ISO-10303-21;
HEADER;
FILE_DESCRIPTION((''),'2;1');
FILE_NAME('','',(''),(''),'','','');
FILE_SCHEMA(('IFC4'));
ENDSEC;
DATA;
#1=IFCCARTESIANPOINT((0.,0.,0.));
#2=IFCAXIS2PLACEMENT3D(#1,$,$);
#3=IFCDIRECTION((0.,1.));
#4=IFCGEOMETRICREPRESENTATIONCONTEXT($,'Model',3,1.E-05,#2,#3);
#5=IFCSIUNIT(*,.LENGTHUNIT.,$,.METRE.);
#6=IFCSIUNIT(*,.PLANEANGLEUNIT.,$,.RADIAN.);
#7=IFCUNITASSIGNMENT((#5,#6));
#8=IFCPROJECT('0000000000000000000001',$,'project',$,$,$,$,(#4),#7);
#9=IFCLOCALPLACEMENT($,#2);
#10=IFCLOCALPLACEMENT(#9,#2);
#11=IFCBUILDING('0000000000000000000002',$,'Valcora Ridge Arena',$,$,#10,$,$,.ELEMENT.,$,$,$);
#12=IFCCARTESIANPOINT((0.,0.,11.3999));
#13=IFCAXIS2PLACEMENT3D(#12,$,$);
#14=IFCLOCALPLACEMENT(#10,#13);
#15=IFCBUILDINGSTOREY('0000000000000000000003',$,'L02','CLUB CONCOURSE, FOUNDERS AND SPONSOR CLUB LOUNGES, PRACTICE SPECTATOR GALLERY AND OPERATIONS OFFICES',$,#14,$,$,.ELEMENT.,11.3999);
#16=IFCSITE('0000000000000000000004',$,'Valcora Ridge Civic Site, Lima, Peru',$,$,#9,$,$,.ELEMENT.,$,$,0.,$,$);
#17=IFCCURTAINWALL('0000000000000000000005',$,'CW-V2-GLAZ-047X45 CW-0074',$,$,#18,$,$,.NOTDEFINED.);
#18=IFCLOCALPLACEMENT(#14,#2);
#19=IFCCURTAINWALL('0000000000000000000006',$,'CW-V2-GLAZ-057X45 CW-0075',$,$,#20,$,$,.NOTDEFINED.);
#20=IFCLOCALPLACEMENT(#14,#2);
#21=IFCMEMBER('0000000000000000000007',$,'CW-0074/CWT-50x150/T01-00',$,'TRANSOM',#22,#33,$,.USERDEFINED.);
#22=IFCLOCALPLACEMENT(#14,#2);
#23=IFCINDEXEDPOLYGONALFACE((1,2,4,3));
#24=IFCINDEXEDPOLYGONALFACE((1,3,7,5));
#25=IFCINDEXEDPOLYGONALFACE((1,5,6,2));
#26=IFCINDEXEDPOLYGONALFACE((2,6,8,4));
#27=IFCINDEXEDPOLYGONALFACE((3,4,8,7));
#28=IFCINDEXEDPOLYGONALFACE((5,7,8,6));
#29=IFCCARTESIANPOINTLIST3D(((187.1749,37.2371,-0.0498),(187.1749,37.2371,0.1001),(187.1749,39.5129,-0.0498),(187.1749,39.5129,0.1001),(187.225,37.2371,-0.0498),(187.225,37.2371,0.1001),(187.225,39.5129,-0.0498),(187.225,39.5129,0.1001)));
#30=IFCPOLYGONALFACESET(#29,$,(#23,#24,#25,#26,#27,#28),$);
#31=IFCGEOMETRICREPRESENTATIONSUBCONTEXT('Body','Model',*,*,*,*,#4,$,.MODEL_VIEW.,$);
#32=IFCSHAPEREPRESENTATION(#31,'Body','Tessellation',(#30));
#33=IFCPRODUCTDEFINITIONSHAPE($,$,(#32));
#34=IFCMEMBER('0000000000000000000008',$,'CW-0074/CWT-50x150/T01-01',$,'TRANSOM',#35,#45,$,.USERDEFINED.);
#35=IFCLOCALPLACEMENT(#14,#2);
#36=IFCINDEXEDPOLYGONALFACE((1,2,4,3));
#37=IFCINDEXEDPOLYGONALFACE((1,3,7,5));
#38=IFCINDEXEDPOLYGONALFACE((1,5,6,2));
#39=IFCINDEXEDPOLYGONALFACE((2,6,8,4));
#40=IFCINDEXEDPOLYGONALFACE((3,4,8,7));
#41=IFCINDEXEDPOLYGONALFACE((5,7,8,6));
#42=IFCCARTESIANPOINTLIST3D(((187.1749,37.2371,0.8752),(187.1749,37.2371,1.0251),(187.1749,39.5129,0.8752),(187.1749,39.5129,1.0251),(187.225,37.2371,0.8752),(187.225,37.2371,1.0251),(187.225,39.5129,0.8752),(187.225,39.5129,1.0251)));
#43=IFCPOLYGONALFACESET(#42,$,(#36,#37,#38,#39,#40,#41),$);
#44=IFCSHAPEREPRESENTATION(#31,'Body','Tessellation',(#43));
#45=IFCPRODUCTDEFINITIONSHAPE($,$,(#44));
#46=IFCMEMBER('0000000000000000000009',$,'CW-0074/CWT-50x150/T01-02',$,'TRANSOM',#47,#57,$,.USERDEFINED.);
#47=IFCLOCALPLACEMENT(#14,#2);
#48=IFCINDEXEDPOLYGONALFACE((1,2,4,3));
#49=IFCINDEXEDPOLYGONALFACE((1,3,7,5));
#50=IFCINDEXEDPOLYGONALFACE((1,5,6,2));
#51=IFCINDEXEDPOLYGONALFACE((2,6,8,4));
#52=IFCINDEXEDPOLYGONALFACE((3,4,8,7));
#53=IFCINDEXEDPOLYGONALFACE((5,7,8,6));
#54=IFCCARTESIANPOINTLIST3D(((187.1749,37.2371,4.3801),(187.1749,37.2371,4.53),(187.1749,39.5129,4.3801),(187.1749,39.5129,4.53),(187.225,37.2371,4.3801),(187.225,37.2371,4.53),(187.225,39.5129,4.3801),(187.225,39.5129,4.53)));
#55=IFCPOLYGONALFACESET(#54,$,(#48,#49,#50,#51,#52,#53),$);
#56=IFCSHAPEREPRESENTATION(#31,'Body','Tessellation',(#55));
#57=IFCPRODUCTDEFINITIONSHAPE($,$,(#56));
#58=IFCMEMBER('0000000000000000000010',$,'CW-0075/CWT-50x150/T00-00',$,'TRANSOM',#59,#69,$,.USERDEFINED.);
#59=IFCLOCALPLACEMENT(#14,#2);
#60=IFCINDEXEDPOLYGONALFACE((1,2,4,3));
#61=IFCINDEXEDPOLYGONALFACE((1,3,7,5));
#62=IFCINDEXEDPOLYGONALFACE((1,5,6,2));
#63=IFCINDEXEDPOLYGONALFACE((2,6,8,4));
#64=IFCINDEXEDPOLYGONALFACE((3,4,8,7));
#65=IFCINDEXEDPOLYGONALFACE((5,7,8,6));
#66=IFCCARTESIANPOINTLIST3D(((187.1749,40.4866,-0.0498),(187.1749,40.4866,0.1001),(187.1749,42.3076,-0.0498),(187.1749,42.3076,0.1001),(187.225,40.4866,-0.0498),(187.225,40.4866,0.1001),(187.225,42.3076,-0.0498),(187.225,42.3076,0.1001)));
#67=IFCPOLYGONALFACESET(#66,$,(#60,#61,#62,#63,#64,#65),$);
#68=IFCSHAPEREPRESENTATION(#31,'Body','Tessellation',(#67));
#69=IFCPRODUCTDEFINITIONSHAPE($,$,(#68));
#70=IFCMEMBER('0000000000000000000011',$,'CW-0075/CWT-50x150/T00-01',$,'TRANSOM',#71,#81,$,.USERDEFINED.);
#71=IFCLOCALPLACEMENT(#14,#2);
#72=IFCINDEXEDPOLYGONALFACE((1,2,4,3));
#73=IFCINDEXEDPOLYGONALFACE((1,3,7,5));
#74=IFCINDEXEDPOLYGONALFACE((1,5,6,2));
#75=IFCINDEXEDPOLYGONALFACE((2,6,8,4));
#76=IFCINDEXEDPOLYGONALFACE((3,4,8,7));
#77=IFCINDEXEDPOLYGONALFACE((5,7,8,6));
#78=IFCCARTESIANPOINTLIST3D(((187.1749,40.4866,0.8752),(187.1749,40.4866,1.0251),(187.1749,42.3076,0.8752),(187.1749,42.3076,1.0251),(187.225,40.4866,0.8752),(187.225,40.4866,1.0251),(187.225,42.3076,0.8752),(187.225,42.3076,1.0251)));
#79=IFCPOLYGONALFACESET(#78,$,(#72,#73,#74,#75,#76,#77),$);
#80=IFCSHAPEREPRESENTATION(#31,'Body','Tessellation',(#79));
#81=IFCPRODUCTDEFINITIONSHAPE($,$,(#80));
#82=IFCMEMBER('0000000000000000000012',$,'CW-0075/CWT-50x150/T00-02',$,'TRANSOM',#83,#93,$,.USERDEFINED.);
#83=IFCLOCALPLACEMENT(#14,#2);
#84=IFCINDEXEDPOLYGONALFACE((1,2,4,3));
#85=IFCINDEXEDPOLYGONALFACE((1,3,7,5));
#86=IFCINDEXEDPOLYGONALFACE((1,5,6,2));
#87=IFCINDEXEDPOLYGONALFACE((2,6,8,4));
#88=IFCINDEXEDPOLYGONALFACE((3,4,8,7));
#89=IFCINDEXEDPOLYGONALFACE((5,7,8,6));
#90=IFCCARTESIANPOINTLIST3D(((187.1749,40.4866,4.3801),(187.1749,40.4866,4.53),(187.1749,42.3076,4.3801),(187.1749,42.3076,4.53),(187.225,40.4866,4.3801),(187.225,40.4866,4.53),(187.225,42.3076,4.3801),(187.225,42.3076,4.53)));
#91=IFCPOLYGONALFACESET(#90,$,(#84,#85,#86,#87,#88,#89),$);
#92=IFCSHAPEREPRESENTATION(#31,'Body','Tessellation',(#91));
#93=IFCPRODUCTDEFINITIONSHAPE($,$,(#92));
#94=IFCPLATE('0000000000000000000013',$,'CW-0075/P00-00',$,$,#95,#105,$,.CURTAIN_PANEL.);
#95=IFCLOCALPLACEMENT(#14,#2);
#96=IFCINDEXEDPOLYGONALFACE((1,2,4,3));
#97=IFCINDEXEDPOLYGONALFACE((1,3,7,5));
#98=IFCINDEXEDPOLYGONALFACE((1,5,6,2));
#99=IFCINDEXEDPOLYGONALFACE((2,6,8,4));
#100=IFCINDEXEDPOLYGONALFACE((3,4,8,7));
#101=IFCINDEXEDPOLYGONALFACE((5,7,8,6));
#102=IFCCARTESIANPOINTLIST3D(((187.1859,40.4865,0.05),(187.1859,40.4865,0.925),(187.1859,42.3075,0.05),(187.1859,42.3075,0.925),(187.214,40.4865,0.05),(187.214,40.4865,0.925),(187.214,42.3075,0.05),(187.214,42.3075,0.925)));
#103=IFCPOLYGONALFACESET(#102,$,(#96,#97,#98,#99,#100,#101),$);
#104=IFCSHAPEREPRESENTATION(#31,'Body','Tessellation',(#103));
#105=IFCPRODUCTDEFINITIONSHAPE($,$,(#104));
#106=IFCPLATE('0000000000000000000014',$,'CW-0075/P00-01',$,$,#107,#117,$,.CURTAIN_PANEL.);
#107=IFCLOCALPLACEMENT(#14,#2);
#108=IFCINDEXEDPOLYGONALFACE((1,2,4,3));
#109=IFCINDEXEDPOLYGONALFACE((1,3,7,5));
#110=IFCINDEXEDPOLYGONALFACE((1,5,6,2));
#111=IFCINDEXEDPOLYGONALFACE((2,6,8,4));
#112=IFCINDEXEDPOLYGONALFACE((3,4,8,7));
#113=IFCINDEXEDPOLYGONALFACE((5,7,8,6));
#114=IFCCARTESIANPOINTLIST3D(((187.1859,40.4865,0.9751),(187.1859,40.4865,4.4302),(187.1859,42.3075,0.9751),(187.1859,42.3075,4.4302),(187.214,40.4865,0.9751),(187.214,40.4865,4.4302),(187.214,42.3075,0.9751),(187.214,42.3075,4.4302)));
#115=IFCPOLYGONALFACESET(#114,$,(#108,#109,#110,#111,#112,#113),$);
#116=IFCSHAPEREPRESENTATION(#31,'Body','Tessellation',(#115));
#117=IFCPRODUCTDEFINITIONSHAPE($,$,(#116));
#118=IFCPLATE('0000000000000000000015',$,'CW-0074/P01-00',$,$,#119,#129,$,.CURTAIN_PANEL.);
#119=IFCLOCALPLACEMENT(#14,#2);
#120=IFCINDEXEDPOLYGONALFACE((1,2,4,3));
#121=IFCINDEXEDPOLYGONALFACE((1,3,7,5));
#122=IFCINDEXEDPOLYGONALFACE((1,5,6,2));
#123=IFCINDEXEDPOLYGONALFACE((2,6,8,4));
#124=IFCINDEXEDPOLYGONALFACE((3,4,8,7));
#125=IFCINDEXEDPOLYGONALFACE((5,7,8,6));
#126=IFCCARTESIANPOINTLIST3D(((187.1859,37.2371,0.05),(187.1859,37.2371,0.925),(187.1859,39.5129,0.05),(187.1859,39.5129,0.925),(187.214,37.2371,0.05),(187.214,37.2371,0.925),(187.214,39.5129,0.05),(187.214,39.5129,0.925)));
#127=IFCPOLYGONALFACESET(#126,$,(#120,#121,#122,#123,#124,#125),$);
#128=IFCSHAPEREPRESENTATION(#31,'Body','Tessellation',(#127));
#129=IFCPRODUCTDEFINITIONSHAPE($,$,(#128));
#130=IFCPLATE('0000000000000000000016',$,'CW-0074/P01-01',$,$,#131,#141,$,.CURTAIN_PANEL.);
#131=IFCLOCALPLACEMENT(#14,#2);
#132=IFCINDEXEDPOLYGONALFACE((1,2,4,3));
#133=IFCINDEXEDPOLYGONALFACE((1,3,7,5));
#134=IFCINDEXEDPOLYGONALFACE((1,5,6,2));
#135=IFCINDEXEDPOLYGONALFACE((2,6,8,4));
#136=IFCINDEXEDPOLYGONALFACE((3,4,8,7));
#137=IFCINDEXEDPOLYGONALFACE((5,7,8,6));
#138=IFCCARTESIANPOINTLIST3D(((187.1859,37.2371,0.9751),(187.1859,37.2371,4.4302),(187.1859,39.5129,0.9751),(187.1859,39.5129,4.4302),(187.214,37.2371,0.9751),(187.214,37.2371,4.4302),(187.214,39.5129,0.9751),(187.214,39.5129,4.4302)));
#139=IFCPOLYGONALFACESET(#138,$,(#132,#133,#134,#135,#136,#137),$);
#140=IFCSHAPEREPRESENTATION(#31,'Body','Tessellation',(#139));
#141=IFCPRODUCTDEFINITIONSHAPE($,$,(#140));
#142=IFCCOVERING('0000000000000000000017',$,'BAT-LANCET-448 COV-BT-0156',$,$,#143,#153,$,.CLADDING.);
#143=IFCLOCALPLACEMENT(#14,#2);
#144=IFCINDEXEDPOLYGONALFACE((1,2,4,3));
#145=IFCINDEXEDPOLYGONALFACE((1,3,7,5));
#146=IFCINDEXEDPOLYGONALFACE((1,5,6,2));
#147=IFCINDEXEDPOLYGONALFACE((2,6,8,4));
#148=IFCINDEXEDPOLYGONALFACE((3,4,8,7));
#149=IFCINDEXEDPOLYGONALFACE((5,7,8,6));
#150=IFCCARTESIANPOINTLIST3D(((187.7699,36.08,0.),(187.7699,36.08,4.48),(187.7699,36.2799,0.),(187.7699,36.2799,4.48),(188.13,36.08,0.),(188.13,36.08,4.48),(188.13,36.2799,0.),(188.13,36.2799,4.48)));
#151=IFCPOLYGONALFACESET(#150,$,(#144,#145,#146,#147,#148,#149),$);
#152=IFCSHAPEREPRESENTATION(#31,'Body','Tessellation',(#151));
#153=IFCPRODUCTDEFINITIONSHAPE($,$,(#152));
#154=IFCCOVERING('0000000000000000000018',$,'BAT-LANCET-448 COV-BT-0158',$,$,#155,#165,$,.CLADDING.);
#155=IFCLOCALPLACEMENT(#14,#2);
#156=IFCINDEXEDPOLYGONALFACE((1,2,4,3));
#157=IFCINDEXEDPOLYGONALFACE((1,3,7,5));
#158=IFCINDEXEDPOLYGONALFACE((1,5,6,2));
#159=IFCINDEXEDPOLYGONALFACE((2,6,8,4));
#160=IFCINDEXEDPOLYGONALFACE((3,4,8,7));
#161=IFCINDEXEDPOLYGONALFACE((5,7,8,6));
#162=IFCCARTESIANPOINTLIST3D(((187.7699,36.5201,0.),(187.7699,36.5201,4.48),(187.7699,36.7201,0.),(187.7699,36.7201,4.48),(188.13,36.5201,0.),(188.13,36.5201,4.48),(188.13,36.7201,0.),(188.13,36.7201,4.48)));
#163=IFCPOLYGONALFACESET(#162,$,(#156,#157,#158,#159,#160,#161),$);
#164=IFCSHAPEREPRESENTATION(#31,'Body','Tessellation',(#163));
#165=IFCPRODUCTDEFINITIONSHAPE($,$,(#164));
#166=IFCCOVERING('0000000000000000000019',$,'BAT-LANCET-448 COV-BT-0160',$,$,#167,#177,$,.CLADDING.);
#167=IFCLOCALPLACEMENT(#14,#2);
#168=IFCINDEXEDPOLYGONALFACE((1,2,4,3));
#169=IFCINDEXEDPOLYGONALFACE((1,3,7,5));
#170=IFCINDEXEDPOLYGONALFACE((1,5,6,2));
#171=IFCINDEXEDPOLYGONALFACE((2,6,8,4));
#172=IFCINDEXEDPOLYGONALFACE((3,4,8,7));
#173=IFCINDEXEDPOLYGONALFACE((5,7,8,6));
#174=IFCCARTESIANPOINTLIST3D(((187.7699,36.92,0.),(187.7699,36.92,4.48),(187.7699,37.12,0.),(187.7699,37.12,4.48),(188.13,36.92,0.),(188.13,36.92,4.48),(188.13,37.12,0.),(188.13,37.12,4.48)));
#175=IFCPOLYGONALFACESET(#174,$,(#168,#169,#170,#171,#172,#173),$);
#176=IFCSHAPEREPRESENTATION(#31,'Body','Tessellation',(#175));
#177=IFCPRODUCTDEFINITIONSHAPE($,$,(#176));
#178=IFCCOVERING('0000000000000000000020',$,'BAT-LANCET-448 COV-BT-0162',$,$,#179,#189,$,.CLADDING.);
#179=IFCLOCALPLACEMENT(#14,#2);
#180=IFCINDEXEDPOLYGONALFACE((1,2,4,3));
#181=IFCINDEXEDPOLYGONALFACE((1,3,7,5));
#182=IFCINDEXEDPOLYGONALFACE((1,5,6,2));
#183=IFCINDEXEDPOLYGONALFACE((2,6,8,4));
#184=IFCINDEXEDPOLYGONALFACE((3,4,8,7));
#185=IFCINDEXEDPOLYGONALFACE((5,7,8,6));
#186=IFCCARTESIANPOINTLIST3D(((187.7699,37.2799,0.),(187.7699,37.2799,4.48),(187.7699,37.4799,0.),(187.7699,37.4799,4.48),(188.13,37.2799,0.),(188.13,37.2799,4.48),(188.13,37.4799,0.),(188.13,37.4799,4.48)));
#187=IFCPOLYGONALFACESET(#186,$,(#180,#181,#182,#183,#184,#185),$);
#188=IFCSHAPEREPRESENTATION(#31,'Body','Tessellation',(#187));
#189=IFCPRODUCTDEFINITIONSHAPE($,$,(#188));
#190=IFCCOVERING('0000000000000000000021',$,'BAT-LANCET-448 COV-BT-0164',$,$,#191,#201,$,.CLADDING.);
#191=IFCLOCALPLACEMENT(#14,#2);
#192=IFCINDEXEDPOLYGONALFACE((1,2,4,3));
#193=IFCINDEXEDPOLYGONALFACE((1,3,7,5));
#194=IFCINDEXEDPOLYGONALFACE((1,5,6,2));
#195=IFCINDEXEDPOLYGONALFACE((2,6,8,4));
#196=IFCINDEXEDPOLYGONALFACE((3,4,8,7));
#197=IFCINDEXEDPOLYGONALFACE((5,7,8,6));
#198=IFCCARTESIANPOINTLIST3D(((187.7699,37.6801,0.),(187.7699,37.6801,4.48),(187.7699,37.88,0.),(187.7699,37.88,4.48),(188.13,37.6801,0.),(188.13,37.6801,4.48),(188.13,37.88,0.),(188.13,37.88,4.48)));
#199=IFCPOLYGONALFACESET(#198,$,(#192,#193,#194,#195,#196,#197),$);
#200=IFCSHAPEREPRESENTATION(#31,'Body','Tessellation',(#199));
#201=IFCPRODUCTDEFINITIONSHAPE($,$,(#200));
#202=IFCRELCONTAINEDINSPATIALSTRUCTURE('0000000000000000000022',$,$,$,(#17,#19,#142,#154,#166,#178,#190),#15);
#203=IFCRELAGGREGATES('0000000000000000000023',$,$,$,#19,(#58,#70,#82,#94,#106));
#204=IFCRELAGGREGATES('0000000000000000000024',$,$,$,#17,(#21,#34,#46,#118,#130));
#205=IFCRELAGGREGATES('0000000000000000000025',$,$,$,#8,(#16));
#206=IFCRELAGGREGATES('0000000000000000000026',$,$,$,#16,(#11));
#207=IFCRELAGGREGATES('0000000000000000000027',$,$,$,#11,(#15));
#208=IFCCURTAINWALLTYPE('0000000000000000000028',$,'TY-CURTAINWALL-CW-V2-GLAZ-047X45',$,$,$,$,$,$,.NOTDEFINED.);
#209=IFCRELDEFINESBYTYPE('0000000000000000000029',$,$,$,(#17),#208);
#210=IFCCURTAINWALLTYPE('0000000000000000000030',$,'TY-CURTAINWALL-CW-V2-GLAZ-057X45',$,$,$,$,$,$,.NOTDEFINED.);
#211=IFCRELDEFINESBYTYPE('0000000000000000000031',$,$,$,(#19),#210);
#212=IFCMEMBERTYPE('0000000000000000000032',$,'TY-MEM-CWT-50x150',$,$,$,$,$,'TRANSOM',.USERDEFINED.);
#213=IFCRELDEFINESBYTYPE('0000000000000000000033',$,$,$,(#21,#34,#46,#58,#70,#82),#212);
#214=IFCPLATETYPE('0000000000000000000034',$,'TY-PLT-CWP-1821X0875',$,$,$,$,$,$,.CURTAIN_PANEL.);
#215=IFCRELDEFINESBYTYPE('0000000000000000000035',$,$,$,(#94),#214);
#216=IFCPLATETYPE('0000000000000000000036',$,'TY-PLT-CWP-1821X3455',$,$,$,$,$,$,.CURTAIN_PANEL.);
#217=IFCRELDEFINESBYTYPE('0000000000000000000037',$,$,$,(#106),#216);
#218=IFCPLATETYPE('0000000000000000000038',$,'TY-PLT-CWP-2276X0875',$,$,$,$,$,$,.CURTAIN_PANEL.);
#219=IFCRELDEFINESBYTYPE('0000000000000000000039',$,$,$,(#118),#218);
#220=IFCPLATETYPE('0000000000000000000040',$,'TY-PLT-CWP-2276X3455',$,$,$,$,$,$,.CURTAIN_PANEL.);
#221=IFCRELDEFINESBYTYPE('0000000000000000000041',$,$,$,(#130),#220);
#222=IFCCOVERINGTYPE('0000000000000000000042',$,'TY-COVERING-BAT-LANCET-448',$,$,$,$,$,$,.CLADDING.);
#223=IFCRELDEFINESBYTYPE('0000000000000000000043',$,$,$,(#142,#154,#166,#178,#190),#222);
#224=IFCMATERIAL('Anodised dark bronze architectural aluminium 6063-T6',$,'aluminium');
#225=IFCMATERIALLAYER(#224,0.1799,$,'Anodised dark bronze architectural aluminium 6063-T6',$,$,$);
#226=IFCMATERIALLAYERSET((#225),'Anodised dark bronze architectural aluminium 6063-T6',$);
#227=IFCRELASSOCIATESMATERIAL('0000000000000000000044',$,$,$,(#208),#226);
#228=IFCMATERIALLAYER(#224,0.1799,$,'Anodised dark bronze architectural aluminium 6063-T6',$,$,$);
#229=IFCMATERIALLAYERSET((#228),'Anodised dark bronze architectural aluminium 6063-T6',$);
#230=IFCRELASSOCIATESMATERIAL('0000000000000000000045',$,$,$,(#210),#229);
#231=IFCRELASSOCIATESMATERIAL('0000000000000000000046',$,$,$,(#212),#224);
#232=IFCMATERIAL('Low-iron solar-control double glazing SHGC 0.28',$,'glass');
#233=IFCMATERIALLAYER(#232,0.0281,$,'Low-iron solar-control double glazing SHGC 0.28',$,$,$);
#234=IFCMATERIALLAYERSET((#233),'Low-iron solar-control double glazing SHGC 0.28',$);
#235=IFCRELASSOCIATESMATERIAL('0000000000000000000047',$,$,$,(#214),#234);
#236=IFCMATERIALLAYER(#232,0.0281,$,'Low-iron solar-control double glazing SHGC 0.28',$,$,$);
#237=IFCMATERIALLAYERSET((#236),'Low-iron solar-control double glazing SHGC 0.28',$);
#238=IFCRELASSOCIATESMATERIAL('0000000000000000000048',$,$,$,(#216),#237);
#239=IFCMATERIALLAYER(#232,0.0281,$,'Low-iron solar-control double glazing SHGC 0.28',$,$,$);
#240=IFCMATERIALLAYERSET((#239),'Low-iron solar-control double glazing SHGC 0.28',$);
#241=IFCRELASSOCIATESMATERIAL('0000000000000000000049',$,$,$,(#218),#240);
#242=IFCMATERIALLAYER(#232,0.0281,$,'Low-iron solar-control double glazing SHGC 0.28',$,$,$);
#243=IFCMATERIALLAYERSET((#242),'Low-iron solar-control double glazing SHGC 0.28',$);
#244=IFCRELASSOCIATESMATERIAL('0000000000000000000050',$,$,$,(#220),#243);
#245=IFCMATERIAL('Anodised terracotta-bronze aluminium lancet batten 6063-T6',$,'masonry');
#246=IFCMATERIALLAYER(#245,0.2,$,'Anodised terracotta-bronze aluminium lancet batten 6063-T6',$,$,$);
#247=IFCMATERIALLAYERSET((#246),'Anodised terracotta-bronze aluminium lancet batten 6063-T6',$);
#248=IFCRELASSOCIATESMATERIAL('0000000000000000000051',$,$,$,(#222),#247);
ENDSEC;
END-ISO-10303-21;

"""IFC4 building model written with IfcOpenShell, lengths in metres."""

from ifc_helpers import new_model, si_unit, direction, frame, origin, origin_2d, place, context, subcontext, project, spatial, rectangle, extrude, material, layer, layer_set, material_profile, profile_set, type_object, element, aggregate, save


model = new_model("IFC4")

# Units and contexts
model_context = context("Model", 3, precision=1e-05, world=origin(), true_north=direction((0.0, 1.0)))
body_context = subcontext(model_context, "Body", "Model", "MODEL_VIEW")
ifc_project = project(units=[si_unit("LENGTHUNIT", "METRE"), si_unit("PLANEANGLEUNIT", "RADIAN")], contexts=[model_context])

# Site, building, storey
site_placement = place(None, origin())
site = spatial("IfcSite", under=ifc_project, at=site_placement, Name="Valcora Ridge Civic Site, Lima, Peru", CompositionType="ELEMENT", RefElevation=0.0)
building_placement = place(site_placement, origin())
building = spatial("IfcBuilding", under=site, at=building_placement, Name="Valcora Ridge Arena", CompositionType="ELEMENT")
storey_placement = place(building_placement, frame((0.0, 0.0, 11.3999)))
storey = spatial("IfcBuildingStorey", under=building, at=storey_placement, Name="L02", Description="CLUB CONCOURSE, FOUNDERS AND SPONSOR CLUB LOUNGES, PRACTICE SPECTATOR GALLERY AND OPERATIONS OFFICES", CompositionType="ELEMENT", Elevation=11.3999)

# Curtain walls
ifc_material_1 = material(Name="Anodised dark bronze architectural aluminium 6063-T6", Category="aluminium")
ifc_layer_1 = layer(ifc_material_1, 0.1799, Name="Anodised dark bronze architectural aluminium 6063-T6")
ifc_layer_set_1 = layer_set([ifc_layer_1], Name="Anodised dark bronze architectural aluminium 6063-T6")
curtain_wall_type_1 = type_object("IfcCurtainWallType", Name="TY-CURTAINWALL-CW-V2-GLAZ-047X45", PredefinedType="NOTDEFINED", material=ifc_layer_set_1)
curtain_wall_1_placement = place(storey_placement, origin())
curtain_wall_1 = element("IfcCurtainWall", 1, at=curtain_wall_1_placement, inside=storey, type_object=curtain_wall_type_1, Name="CW-V2-GLAZ-047X45 CW-0074", PredefinedType="NOTDEFINED")
ifc_layer_2 = layer(ifc_material_1, 0.1799, Name="Anodised dark bronze architectural aluminium 6063-T6")
ifc_layer_set_2 = layer_set([ifc_layer_2], Name="Anodised dark bronze architectural aluminium 6063-T6")
curtain_wall_type_2 = type_object("IfcCurtainWallType", Name="TY-CURTAINWALL-CW-V2-GLAZ-057X45", PredefinedType="NOTDEFINED", material=ifc_layer_set_2)
curtain_wall_2_placement = place(storey_placement, origin())
curtain_wall_2 = element("IfcCurtainWall", 2, at=curtain_wall_2_placement, inside=storey, type_object=curtain_wall_type_2, Name="CW-V2-GLAZ-057X45 CW-0075", PredefinedType="NOTDEFINED")

# Members
ifc_material_profile_1 = material_profile(ifc_material_1, rectangle(XDim=0.05, YDim=0.1499, at=origin_2d()), Name="ALU TRANSOM 50x150")
ifc_profile_set_1 = profile_set([ifc_material_profile_1], Name="Anodised dark bronze architectural aluminium 6063-T6")
member_type_1 = type_object("IfcMemberType", Name="TY-MEM-CWT-50x150", ElementType="TRANSOM", PredefinedType="USERDEFINED", material=ifc_profile_set_1)
member_1_placement = place(storey_placement, frame((187.2, 37.2371, 0.0251), z_axis=(0.0, 1.0, 0.0), x_axis=(-1.0, 0.0, 0.0)))
member_1 = element("IfcMember", 3, at=member_1_placement, type_object=member_type_1, Name="CW-0074/CWT-50x150/T01-00", ObjectType="TRANSOM", PredefinedType="USERDEFINED", context=body_context, shape_type="SweptSolid", body=[
    extrude(rectangle(XDim=0.05, YDim=0.1499, at=origin_2d()), origin(), (0.0, 0.0, 1.0), 2.2759),
])
member_2_placement = place(storey_placement, frame((187.2, 37.2371, 0.9502), z_axis=(0.0, 1.0, 0.0), x_axis=(-1.0, 0.0, 0.0)))
member_2 = element("IfcMember", 4, at=member_2_placement, type_object=member_type_1, Name="CW-0074/CWT-50x150/T01-01", ObjectType="TRANSOM", PredefinedType="USERDEFINED", context=body_context, shape_type="SweptSolid", body=[
    extrude(rectangle(XDim=0.05, YDim=0.1499, at=origin_2d()), origin(), (0.0, 0.0, 1.0), 2.2759),
])
member_3_placement = place(storey_placement, frame((187.2, 37.2371, 4.4551), z_axis=(0.0, 1.0, 0.0), x_axis=(-1.0, 0.0, 0.0)))
member_3 = element("IfcMember", 5, at=member_3_placement, type_object=member_type_1, Name="CW-0074/CWT-50x150/T01-02", ObjectType="TRANSOM", PredefinedType="USERDEFINED", context=body_context, shape_type="SweptSolid", body=[
    extrude(rectangle(XDim=0.05, YDim=0.1499, at=origin_2d()), origin(), (0.0, 0.0, 1.0), 2.2759),
])
member_4_placement = place(storey_placement, frame((187.2, 40.4866, 0.0251), z_axis=(0.0, 1.0, 0.0), x_axis=(-1.0, 0.0, 0.0)))
member_4 = element("IfcMember", 6, at=member_4_placement, type_object=member_type_1, Name="CW-0075/CWT-50x150/T00-00", ObjectType="TRANSOM", PredefinedType="USERDEFINED", context=body_context, shape_type="SweptSolid", body=[
    extrude(rectangle(XDim=0.05, YDim=0.1499, at=origin_2d()), origin(), (0.0, 0.0, 1.0), 1.821),
])
member_5_placement = place(storey_placement, frame((187.2, 40.4866, 0.9502), z_axis=(0.0, 1.0, 0.0), x_axis=(-1.0, 0.0, 0.0)))
member_5 = element("IfcMember", 7, at=member_5_placement, type_object=member_type_1, Name="CW-0075/CWT-50x150/T00-01", ObjectType="TRANSOM", PredefinedType="USERDEFINED", context=body_context, shape_type="SweptSolid", body=[
    extrude(rectangle(XDim=0.05, YDim=0.1499, at=origin_2d()), origin(), (0.0, 0.0, 1.0), 1.821),
])
member_6_placement = place(storey_placement, frame((187.2, 40.4866, 4.4551), z_axis=(0.0, 1.0, 0.0), x_axis=(-1.0, 0.0, 0.0)))
member_6 = element("IfcMember", 8, at=member_6_placement, type_object=member_type_1, Name="CW-0075/CWT-50x150/T00-02", ObjectType="TRANSOM", PredefinedType="USERDEFINED", context=body_context, shape_type="SweptSolid", body=[
    extrude(rectangle(XDim=0.05, YDim=0.1499, at=origin_2d()), origin(), (0.0, 0.0, 1.0), 1.821),
])

# Plates
ifc_material_2 = material(Name="Low-iron solar-control double glazing SHGC 0.28", Category="glass")
ifc_layer_3 = layer(ifc_material_2, 0.0281, Name="Low-iron solar-control double glazing SHGC 0.28")
ifc_layer_set_3 = layer_set([ifc_layer_3], Name="Low-iron solar-control double glazing SHGC 0.28")
plate_type_1 = type_object("IfcPlateType", Name="TY-PLT-CWP-1821X0875", PredefinedType="CURTAIN_PANEL", material=ifc_layer_set_3)
plate_1_placement = place(storey_placement, frame((187.2, 41.397, 0.05), z_axis=(0.0, 0.0, 1.0), x_axis=(0.0, 1.0, 0.0)))
plate_1 = element("IfcPlate", 9, at=plate_1_placement, type_object=plate_type_1, Name="CW-0075/P00-00", PredefinedType="CURTAIN_PANEL", context=body_context, shape_type="SweptSolid", body=[
    extrude(rectangle(XDim=1.821, YDim=0.0281, at=origin_2d()), origin(), (0.0, 0.0, 1.0), 0.875),
])
ifc_layer_4 = layer(ifc_material_2, 0.0281, Name="Low-iron solar-control double glazing SHGC 0.28")
ifc_layer_set_4 = layer_set([ifc_layer_4], Name="Low-iron solar-control double glazing SHGC 0.28")
plate_type_2 = type_object("IfcPlateType", Name="TY-PLT-CWP-1821X3455", PredefinedType="CURTAIN_PANEL", material=ifc_layer_set_4)
plate_2_placement = place(storey_placement, frame((187.2, 41.397, 0.9751), z_axis=(0.0, 0.0, 1.0), x_axis=(0.0, 1.0, 0.0)))
plate_2 = element("IfcPlate", 10, at=plate_2_placement, type_object=plate_type_2, Name="CW-0075/P00-01", PredefinedType="CURTAIN_PANEL", context=body_context, shape_type="SweptSolid", body=[
    extrude(rectangle(XDim=1.821, YDim=0.0281, at=origin_2d()), origin(), (0.0, 0.0, 1.0), 3.4551),
])
aggregate(curtain_wall_2, [member_4, member_5, member_6, plate_1, plate_2])
ifc_layer_5 = layer(ifc_material_2, 0.0281, Name="Low-iron solar-control double glazing SHGC 0.28")
ifc_layer_set_5 = layer_set([ifc_layer_5], Name="Low-iron solar-control double glazing SHGC 0.28")
plate_type_3 = type_object("IfcPlateType", Name="TY-PLT-CWP-2276X0875", PredefinedType="CURTAIN_PANEL", material=ifc_layer_set_5)
plate_3_placement = place(storey_placement, frame((187.2, 38.375, 0.05), z_axis=(0.0, 0.0, 1.0), x_axis=(0.0, 1.0, 0.0)))
plate_3 = element("IfcPlate", 11, at=plate_3_placement, type_object=plate_type_3, Name="CW-0074/P01-00", PredefinedType="CURTAIN_PANEL", context=body_context, shape_type="SweptSolid", body=[
    extrude(rectangle(XDim=2.2759, YDim=0.0281, at=origin_2d()), origin(), (0.0, 0.0, 1.0), 0.875),
])
ifc_layer_6 = layer(ifc_material_2, 0.0281, Name="Low-iron solar-control double glazing SHGC 0.28")
ifc_layer_set_6 = layer_set([ifc_layer_6], Name="Low-iron solar-control double glazing SHGC 0.28")
plate_type_4 = type_object("IfcPlateType", Name="TY-PLT-CWP-2276X3455", PredefinedType="CURTAIN_PANEL", material=ifc_layer_set_6)
plate_4_placement = place(storey_placement, frame((187.2, 38.375, 0.9751), z_axis=(0.0, 0.0, 1.0), x_axis=(0.0, 1.0, 0.0)))
plate_4 = element("IfcPlate", 12, at=plate_4_placement, type_object=plate_type_4, Name="CW-0074/P01-01", PredefinedType="CURTAIN_PANEL", context=body_context, shape_type="SweptSolid", body=[
    extrude(rectangle(XDim=2.2759, YDim=0.0281, at=origin_2d()), origin(), (0.0, 0.0, 1.0), 3.4551),
])
aggregate(curtain_wall_1, [member_1, member_2, member_3, plate_3, plate_4])

# Coverings
ifc_material_3 = material(Name="Anodised terracotta-bronze aluminium lancet batten 6063-T6", Category="masonry")
ifc_layer_7 = layer(ifc_material_3, 0.2, Name="Anodised terracotta-bronze aluminium lancet batten 6063-T6")
ifc_layer_set_7 = layer_set([ifc_layer_7], Name="Anodised terracotta-bronze aluminium lancet batten 6063-T6")
covering_type = type_object("IfcCoveringType", Name="TY-COVERING-BAT-LANCET-448", PredefinedType="CLADDING", material=ifc_layer_set_7)
for number, where, z_axis, x_axis, name in (
    (13, (187.95, 36.1799, 0.0), (0.0, 0.0, 1.0), (1.0, 0.0, 0.0), "BAT-LANCET-448 COV-BT-0156"),
    (14, (187.95, 36.6201, 0.0), (0.0, 0.0, 1.0), (1.0, 0.0, 0.0), "BAT-LANCET-448 COV-BT-0158"),
    (15, (187.95, 37.02, 0.0), (0.0, 0.0, 1.0), (1.0, 0.0, 0.0), "BAT-LANCET-448 COV-BT-0160"),
    (16, (187.95, 37.3799, 0.0), (0.0, 0.0, 1.0), (1.0, 0.0, 0.0), "BAT-LANCET-448 COV-BT-0162"),
    (17, (187.95, 37.78, 0.0), (0.0, 0.0, 1.0), (1.0, 0.0, 0.0), "BAT-LANCET-448 COV-BT-0164"),
):
    element("IfcCovering", number, at=place(storey_placement, frame(where, z_axis=z_axis, x_axis=x_axis)), inside=storey, type_object=covering_type, Name=name, PredefinedType="CLADDING", context=body_context, shape_type="SweptSolid", body=[
        extrude(rectangle(XDim=0.3601, YDim=0.2, at=origin_2d()), origin(), (0.0, 0.0, 1.0), 4.48),
    ])

save(model, "model.ifc")
